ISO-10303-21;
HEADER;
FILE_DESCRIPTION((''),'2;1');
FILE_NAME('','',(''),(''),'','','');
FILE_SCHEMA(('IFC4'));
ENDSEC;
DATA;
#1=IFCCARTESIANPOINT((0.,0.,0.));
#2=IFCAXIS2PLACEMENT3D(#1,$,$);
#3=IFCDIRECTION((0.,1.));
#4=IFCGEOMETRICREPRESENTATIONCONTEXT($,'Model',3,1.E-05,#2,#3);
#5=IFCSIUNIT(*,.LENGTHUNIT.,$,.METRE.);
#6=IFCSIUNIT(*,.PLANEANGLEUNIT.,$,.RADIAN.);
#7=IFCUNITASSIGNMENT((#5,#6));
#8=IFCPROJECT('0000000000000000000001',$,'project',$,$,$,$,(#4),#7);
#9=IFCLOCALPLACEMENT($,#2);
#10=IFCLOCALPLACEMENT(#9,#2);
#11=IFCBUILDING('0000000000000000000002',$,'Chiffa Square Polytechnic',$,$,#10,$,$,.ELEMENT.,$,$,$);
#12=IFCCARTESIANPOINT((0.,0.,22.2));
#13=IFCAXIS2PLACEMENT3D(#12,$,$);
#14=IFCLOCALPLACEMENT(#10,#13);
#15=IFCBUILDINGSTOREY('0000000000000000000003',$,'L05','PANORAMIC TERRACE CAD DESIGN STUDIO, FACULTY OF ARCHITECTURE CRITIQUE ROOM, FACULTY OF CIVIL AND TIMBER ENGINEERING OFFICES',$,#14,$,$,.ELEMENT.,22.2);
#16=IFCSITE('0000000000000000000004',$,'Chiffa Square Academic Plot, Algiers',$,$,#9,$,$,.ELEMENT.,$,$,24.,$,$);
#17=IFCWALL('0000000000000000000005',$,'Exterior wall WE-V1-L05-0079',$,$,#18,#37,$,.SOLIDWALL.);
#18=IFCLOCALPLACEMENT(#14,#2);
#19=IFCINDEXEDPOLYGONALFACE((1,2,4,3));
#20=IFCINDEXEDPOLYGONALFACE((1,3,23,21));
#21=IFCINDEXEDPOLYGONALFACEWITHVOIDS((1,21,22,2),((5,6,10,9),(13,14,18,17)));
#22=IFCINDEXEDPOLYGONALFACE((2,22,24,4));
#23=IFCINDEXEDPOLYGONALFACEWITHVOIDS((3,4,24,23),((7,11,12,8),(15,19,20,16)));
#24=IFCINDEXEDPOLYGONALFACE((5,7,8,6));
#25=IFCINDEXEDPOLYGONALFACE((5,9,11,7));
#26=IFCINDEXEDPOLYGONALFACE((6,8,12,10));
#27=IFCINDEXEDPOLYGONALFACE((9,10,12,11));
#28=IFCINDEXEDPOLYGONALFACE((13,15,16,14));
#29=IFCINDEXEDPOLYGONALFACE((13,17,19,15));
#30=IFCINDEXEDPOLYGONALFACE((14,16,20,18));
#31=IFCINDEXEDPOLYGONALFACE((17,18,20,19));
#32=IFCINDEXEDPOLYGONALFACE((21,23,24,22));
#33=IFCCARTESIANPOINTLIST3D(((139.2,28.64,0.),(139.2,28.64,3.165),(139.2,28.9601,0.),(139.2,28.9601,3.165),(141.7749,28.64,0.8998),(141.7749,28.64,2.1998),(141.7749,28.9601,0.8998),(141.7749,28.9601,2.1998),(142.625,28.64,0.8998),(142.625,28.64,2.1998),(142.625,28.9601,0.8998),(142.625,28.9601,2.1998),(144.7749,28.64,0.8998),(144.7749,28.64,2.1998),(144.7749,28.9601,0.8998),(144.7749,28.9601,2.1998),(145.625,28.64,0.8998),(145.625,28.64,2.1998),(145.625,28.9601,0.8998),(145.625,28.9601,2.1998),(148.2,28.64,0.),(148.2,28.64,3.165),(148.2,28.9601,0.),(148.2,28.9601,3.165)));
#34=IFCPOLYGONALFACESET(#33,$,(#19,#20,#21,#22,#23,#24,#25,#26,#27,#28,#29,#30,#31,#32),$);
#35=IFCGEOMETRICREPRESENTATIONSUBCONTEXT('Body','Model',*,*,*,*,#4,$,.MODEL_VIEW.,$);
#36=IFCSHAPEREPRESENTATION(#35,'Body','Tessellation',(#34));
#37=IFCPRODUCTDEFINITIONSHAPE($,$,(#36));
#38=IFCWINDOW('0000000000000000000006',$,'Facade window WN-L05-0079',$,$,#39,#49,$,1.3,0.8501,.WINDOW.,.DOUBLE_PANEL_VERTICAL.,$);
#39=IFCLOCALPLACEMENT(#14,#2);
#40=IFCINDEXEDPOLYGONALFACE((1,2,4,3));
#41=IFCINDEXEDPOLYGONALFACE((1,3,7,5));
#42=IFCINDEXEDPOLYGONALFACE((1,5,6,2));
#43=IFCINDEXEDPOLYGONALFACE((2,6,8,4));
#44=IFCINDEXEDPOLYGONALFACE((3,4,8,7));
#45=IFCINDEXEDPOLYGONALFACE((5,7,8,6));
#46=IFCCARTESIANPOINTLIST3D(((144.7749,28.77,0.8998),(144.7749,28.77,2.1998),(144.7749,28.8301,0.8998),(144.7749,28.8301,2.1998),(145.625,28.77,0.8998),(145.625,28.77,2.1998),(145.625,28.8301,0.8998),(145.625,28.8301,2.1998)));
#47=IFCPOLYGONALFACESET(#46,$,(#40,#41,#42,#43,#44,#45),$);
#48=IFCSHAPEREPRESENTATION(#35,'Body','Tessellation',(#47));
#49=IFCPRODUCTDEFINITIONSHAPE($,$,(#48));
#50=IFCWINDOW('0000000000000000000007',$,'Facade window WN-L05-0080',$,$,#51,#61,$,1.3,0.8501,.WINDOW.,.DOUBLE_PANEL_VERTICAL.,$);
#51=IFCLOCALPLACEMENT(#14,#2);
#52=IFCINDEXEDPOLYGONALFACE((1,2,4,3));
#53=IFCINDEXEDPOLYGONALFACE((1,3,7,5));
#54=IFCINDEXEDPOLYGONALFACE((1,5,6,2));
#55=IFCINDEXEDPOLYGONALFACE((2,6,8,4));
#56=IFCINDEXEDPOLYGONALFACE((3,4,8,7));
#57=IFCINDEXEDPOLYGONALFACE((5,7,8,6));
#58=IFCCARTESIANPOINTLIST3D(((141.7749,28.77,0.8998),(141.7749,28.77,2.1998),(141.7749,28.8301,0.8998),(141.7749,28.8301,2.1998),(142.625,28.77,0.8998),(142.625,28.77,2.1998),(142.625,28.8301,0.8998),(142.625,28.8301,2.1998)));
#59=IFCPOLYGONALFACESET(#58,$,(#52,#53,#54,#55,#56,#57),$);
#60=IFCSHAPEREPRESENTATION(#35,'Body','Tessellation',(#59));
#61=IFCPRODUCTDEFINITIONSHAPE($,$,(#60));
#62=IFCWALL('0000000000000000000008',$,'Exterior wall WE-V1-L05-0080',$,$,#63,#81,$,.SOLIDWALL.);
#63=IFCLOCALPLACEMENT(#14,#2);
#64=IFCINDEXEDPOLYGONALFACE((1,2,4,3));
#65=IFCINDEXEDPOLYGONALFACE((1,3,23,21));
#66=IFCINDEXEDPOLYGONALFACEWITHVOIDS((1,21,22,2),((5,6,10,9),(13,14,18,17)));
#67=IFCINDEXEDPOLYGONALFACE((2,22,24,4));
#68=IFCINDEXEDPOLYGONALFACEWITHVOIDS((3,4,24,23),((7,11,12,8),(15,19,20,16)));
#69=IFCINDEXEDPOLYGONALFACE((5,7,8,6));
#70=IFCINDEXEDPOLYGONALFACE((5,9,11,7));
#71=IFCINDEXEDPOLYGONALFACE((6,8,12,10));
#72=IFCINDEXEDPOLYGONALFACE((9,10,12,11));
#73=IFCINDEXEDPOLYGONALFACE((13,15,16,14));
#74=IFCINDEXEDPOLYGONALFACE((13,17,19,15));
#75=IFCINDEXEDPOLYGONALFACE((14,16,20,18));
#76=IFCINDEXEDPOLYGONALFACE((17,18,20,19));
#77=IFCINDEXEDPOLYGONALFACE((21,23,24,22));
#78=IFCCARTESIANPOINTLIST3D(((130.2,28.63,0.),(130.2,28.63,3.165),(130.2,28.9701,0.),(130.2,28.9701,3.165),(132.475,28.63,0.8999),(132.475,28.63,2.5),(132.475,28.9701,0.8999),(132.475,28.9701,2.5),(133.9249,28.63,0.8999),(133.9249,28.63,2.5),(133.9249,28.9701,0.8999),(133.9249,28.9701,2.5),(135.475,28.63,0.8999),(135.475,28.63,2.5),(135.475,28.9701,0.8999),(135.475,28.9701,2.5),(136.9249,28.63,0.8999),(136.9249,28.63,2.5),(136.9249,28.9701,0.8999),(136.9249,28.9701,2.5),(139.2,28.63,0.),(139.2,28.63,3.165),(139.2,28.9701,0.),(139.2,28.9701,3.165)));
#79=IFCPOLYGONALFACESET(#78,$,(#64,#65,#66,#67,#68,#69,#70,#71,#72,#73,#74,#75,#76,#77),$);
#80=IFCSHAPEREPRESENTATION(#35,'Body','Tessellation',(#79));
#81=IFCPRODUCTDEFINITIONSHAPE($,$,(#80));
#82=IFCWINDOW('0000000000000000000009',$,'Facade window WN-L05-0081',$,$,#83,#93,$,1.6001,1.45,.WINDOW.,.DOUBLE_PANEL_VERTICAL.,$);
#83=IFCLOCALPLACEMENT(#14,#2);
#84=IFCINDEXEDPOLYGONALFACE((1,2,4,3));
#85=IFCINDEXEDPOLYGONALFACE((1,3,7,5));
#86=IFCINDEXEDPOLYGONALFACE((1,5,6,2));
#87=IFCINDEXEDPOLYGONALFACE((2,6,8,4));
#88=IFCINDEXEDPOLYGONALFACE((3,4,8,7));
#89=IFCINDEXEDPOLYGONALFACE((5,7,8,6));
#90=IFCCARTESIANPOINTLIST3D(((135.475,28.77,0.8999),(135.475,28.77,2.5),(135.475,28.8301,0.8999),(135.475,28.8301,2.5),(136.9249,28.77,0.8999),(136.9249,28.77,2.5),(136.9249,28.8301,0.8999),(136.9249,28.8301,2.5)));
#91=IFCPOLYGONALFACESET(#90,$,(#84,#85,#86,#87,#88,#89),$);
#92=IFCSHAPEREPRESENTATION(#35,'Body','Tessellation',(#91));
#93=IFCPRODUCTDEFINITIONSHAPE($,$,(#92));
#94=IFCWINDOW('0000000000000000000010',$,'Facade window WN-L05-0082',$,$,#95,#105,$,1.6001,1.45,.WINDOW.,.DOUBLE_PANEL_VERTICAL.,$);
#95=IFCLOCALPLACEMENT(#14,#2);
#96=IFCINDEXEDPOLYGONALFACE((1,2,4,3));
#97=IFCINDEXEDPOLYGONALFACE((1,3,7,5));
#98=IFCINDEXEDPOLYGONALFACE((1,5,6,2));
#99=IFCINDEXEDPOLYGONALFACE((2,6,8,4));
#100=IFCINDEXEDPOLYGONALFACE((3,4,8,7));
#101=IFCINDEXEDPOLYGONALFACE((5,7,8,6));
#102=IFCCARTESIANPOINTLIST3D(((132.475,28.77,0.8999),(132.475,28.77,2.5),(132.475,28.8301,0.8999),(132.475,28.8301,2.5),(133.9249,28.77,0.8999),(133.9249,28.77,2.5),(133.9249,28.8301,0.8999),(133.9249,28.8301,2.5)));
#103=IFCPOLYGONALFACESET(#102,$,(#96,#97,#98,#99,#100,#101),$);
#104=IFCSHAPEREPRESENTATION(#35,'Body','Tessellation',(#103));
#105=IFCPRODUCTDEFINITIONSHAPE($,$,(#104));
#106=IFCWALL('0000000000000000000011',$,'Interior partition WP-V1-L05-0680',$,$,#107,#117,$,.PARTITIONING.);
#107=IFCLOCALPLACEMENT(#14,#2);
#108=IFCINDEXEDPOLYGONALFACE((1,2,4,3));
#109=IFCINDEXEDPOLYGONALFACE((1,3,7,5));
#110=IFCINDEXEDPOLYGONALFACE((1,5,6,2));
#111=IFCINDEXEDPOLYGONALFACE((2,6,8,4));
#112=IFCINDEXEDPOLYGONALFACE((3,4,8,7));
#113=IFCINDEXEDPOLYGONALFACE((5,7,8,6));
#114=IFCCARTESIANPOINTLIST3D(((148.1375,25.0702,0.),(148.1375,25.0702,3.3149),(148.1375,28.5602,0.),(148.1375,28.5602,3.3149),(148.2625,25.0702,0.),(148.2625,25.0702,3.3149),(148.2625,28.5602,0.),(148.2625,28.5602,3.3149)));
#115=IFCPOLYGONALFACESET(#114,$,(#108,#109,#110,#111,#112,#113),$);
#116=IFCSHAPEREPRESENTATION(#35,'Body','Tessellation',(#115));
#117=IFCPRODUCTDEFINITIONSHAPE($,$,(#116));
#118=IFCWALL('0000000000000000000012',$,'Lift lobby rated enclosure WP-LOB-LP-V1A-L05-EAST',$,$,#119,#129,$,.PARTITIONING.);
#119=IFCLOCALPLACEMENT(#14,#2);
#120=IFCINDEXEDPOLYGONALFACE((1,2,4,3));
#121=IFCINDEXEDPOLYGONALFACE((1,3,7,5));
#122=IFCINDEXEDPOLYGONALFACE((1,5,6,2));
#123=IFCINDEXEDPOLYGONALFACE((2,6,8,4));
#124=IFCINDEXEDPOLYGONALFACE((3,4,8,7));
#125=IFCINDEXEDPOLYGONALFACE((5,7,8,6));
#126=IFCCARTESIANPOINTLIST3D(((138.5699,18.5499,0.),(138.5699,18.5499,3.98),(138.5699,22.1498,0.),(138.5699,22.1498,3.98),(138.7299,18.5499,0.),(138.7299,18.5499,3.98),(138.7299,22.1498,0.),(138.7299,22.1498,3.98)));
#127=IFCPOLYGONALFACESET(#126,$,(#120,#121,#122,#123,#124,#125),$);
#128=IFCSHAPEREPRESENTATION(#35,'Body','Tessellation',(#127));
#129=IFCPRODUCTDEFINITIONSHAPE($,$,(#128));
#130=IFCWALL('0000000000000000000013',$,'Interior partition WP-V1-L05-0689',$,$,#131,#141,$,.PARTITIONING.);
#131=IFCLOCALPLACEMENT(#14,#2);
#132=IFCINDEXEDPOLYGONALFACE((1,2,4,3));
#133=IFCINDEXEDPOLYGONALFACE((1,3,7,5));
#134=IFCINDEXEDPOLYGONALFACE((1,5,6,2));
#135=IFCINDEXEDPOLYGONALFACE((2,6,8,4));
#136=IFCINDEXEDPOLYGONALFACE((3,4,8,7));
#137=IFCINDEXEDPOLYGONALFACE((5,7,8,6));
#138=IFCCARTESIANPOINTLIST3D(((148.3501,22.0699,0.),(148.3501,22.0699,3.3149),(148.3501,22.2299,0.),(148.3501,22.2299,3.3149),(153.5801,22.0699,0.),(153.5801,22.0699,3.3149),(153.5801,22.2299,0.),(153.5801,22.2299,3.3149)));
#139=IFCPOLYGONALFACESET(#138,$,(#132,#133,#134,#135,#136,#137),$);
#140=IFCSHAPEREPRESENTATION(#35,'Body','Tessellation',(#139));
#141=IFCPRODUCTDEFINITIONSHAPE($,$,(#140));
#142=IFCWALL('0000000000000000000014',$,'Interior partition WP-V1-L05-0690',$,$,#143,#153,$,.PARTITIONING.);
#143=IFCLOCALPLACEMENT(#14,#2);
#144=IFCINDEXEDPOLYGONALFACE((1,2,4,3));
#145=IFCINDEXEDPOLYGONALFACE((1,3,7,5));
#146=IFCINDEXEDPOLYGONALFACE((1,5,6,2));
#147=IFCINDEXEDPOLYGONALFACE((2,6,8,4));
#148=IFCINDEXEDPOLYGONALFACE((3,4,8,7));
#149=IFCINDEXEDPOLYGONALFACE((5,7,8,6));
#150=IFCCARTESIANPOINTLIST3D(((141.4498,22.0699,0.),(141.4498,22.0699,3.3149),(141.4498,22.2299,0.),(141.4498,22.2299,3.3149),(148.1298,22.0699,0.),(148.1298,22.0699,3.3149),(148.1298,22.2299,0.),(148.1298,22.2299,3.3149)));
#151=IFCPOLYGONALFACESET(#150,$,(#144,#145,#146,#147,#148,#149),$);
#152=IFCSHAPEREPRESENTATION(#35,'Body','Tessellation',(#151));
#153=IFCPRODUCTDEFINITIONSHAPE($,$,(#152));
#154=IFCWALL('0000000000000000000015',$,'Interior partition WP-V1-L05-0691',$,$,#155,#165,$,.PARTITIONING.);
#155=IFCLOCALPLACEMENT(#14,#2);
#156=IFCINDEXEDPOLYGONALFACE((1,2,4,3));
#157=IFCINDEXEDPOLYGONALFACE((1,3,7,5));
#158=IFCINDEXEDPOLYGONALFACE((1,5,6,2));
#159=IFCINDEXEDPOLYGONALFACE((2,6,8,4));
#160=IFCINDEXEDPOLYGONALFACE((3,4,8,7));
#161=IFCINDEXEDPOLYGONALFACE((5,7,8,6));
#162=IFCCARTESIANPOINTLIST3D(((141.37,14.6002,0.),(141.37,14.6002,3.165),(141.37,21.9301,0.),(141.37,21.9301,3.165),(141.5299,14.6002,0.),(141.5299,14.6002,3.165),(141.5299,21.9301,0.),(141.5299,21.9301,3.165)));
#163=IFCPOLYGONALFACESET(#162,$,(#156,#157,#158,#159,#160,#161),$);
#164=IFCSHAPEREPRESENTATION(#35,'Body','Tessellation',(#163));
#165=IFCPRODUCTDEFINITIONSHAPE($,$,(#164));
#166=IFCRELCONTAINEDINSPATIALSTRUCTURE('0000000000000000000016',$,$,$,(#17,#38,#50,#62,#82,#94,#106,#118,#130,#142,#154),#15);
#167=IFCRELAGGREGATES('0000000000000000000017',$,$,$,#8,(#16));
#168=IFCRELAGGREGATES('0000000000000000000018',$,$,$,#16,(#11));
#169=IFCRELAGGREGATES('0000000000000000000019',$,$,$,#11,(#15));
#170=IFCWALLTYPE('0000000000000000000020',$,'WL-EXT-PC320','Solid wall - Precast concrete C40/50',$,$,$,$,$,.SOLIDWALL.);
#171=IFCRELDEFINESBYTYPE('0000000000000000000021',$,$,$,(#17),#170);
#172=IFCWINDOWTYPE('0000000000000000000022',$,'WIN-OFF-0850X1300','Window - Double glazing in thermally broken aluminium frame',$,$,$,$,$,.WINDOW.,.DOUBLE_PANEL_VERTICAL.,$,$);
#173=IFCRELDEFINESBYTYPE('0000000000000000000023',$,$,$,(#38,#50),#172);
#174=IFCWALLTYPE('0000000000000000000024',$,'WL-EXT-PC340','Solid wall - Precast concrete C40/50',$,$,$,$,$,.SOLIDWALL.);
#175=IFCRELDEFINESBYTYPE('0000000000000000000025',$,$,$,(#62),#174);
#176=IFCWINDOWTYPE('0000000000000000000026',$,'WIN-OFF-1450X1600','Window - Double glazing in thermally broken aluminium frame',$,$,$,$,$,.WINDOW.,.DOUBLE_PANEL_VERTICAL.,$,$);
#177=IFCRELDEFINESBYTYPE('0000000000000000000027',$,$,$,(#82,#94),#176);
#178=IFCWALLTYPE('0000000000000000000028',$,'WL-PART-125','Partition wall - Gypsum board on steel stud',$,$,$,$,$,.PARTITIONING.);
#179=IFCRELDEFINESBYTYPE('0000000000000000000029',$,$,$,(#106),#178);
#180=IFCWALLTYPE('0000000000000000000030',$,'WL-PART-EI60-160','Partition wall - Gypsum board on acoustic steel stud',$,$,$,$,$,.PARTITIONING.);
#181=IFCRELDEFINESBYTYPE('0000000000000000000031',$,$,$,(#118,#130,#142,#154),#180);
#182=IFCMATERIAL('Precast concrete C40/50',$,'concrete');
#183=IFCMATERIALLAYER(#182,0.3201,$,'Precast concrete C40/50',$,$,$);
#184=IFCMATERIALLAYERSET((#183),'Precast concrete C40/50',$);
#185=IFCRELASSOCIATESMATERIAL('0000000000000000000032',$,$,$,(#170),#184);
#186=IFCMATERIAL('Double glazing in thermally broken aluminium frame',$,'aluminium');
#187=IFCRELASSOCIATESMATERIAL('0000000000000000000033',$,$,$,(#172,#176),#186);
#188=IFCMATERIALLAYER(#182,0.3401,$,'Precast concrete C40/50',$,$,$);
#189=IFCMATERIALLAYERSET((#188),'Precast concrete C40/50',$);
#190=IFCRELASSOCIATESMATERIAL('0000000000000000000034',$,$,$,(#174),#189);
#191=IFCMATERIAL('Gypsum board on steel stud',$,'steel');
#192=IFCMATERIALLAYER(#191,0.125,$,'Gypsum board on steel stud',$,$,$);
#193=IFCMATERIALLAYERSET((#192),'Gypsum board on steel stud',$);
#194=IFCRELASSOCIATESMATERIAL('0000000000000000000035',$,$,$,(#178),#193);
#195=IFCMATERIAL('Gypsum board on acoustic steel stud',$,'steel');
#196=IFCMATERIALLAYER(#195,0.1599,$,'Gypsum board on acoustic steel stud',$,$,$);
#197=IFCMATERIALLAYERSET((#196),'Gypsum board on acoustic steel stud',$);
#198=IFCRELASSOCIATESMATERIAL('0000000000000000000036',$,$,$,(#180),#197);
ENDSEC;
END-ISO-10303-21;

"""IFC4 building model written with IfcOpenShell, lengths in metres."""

from ifc_helpers import new_model, si_unit, direction, frame, frame_2d, origin, place, context, subcontext, project, spatial, rectangle, extrude, material, layer, layer_set, type_object, element, fill, save


model = new_model("IFC4")

# Units and contexts
model_context = context("Model", 3, precision=1e-05, world=origin(), true_north=direction((0.0, 1.0)))
body_context = subcontext(model_context, "Body", "Model", "MODEL_VIEW")
ifc_project = project(units=[si_unit("LENGTHUNIT", "METRE"), si_unit("PLANEANGLEUNIT", "RADIAN")], contexts=[model_context])

# Site, building, storey
site_placement = place(None, origin())
site = spatial("IfcSite", under=ifc_project, at=site_placement, Name="Chiffa Square Academic Plot, Algiers", CompositionType="ELEMENT", RefElevation=24.0)
building_placement = place(site_placement, origin())
building = spatial("IfcBuilding", under=site, at=building_placement, Name="Chiffa Square Polytechnic", CompositionType="ELEMENT")
storey_placement = place(building_placement, frame((0.0, 0.0, 22.2)))
storey = spatial("IfcBuildingStorey", under=building, at=storey_placement, Name="L05", Description="PANORAMIC TERRACE CAD DESIGN STUDIO, FACULTY OF ARCHITECTURE CRITIQUE ROOM, FACULTY OF CIVIL AND TIMBER ENGINEERING OFFICES", CompositionType="ELEMENT", Elevation=22.2)

# Walls, openings, windows
ifc_material_1 = material(Name="Precast concrete C40/50", Category="concrete")
ifc_layer_1 = layer(ifc_material_1, 0.3201, Name="Precast concrete C40/50")
ifc_layer_set_1 = layer_set([ifc_layer_1], Name="Precast concrete C40/50")
wall_type_1 = type_object("IfcWallType", Name="WL-EXT-PC320", Description="Solid wall - Precast concrete C40/50", PredefinedType="SOLIDWALL", material=ifc_layer_set_1)
wall_1_placement = place(storey_placement, frame((148.2, 28.8, 0.0), z_axis=(0.0, 0.0, 1.0), x_axis=(-1.0, 0.0, 0.0)))
wall_1 = element("IfcWall", 1, at=wall_1_placement, inside=storey, type_object=wall_type_1, Name="Exterior wall WE-V1-L05-0079", PredefinedType="SOLIDWALL", context=body_context, shape_type="SweptSolid", body=[
    extrude(rectangle(XDim=9.0, YDim=0.3201, at=frame_2d((4.5, 0.0))), origin(), (0.0, 0.0, 1.0), 3.165),
])
opening_1_placement = place(wall_1_placement, frame((2.575, 0.0, 0.8999)))
opening_1 = element("IfcOpeningElement", 2, at=opening_1_placement, cuts=wall_1, PredefinedType="OPENING", context=body_context, shape_type="SweptSolid", body=[
    extrude(rectangle(XDim=0.8501, YDim=1.3, at=frame_2d((0.425, 0.6499))), frame((0.0, 0.1699, 0.0), z_axis=(0.0, -1.0, 0.0), x_axis=(1.0, 0.0, 0.0)), (0.0, 0.0, 1.0), 0.3401),
])
opening_2_placement = place(wall_1_placement, frame((5.575, 0.0, 0.8999)))
opening_2 = element("IfcOpeningElement", 3, at=opening_2_placement, cuts=wall_1, PredefinedType="OPENING", context=body_context, shape_type="SweptSolid", body=[
    extrude(rectangle(XDim=0.8501, YDim=1.3, at=frame_2d((0.425, 0.6499))), frame((0.0, 0.1699, 0.0), z_axis=(0.0, -1.0, 0.0), x_axis=(1.0, 0.0, 0.0)), (0.0, 0.0, 1.0), 0.3401),
])
ifc_material_2 = material(Name="Double glazing in thermally broken aluminium frame", Category="aluminium")
window_type_1 = type_object("IfcWindowType", Name="WIN-OFF-0850X1300", Description="Window - Double glazing in thermally broken aluminium frame", PartitioningType="DOUBLE_PANEL_VERTICAL", PredefinedType="WINDOW", material=ifc_material_2)
window_1_placement = place(opening_1_placement, origin())
window_1 = element("IfcWindow", 4, at=window_1_placement, inside=storey, type_object=window_type_1, Name="Facade window WN-L05-0079", OverallHeight=1.3, OverallWidth=0.8501, PartitioningType="DOUBLE_PANEL_VERTICAL", PredefinedType="WINDOW", context=body_context, shape_type="SweptSolid", body=[
    extrude(rectangle(XDim=0.8501, YDim=1.3, at=frame_2d((0.425, 0.6499))), frame((0.0, 0.03, 0.0), z_axis=(0.0, -1.0, 0.0), x_axis=(1.0, 0.0, 0.0)), (0.0, 0.0, 1.0), 0.0601),
])
fill(opening_1, window_1)
window_2_placement = place(opening_2_placement, origin())
window_2 = element("IfcWindow", 5, at=window_2_placement, inside=storey, type_object=window_type_1, Name="Facade window WN-L05-0080", OverallHeight=1.3, OverallWidth=0.8501, PartitioningType="DOUBLE_PANEL_VERTICAL", PredefinedType="WINDOW", context=body_context, shape_type="SweptSolid", body=[
    extrude(rectangle(XDim=0.8501, YDim=1.3, at=frame_2d((0.425, 0.6499))), frame((0.0, 0.03, 0.0), z_axis=(0.0, -1.0, 0.0), x_axis=(1.0, 0.0, 0.0)), (0.0, 0.0, 1.0), 0.0601),
])
fill(opening_2, window_2)
ifc_layer_2 = layer(ifc_material_1, 0.3401, Name="Precast concrete C40/50")
ifc_layer_set_2 = layer_set([ifc_layer_2], Name="Precast concrete C40/50")
wall_type_2 = type_object("IfcWallType", Name="WL-EXT-PC340", Description="Solid wall - Precast concrete C40/50", PredefinedType="SOLIDWALL", material=ifc_layer_set_2)
wall_2_placement = place(storey_placement, frame((139.2, 28.8, 0.0), z_axis=(0.0, 0.0, 1.0), x_axis=(-1.0, 0.0, 0.0)))
wall_2 = element("IfcWall", 6, at=wall_2_placement, inside=storey, type_object=wall_type_2, Name="Exterior wall WE-V1-L05-0080", PredefinedType="SOLIDWALL", context=body_context, shape_type="SweptSolid", body=[
    extrude(rectangle(XDim=9.0, YDim=0.3401, at=frame_2d((4.5, 0.0))), origin(), (0.0, 0.0, 1.0), 3.165),
])
opening_3_placement = place(wall_2_placement, frame((2.2749, 0.0, 0.8999)))
opening_3 = element("IfcOpeningElement", 7, at=opening_3_placement, cuts=wall_2, PredefinedType="OPENING", context=body_context, shape_type="SweptSolid", body=[
    extrude(rectangle(XDim=1.45, YDim=1.6001, at=frame_2d((0.7251, 0.8))), frame((0.0, 0.1802, 0.0), z_axis=(0.0, -1.0, 0.0), x_axis=(1.0, 0.0, 0.0)), (0.0, 0.0, 1.0), 0.3601),
])
opening_4_placement = place(wall_2_placement, frame((5.2749, 0.0, 0.8999)))
opening_4 = element("IfcOpeningElement", 8, at=opening_4_placement, cuts=wall_2, PredefinedType="OPENING", context=body_context, shape_type="SweptSolid", body=[
    extrude(rectangle(XDim=1.45, YDim=1.6001, at=frame_2d((0.7251, 0.8))), frame((0.0, 0.1802, 0.0), z_axis=(0.0, -1.0, 0.0), x_axis=(1.0, 0.0, 0.0)), (0.0, 0.0, 1.0), 0.3601),
])
window_type_2 = type_object("IfcWindowType", Name="WIN-OFF-1450X1600", Description="Window - Double glazing in thermally broken aluminium frame", PartitioningType="DOUBLE_PANEL_VERTICAL", PredefinedType="WINDOW", material=ifc_material_2)
window_3_placement = place(opening_3_placement, origin())
window_3 = element("IfcWindow", 9, at=window_3_placement, inside=storey, type_object=window_type_2, Name="Facade window WN-L05-0081", OverallHeight=1.6001, OverallWidth=1.45, PartitioningType="DOUBLE_PANEL_VERTICAL", PredefinedType="WINDOW", context=body_context, shape_type="SweptSolid", body=[
    extrude(rectangle(XDim=1.45, YDim=1.6001, at=frame_2d((0.7251, 0.8))), frame((0.0, 0.03, 0.0), z_axis=(0.0, -1.0, 0.0), x_axis=(1.0, 0.0, 0.0)), (0.0, 0.0, 1.0), 0.0601),
])
fill(opening_3, window_3)
window_4_placement = place(opening_4_placement, origin())
window_4 = element("IfcWindow", 10, at=window_4_placement, inside=storey, type_object=window_type_2, Name="Facade window WN-L05-0082", OverallHeight=1.6001, OverallWidth=1.45, PartitioningType="DOUBLE_PANEL_VERTICAL", PredefinedType="WINDOW", context=body_context, shape_type="SweptSolid", body=[
    extrude(rectangle(XDim=1.45, YDim=1.6001, at=frame_2d((0.7251, 0.8))), frame((0.0, 0.03, 0.0), z_axis=(0.0, -1.0, 0.0), x_axis=(1.0, 0.0, 0.0)), (0.0, 0.0, 1.0), 0.0601),
])
fill(opening_4, window_4)

# Walls
ifc_material_3 = material(Name="Gypsum board on steel stud", Category="steel")
ifc_layer_3 = layer(ifc_material_3, 0.125, Name="Gypsum board on steel stud")
ifc_layer_set_3 = layer_set([ifc_layer_3], Name="Gypsum board on steel stud")
wall_type_3 = type_object("IfcWallType", Name="WL-PART-125", Description="Partition wall - Gypsum board on steel stud", PredefinedType="PARTITIONING", material=ifc_layer_set_3)
wall_3_placement = place(storey_placement, frame((148.2, 25.0701, 0.0), z_axis=(0.0, 0.0, 1.0), x_axis=(0.0, 1.0, 0.0)))
element("IfcWall", 11, at=wall_3_placement, inside=storey, type_object=wall_type_3, Name="Interior partition WP-V1-L05-0680", PredefinedType="PARTITIONING", context=body_context, shape_type="SweptSolid", body=[
    extrude(rectangle(XDim=3.49, YDim=0.125, at=frame_2d((1.7451, 0.0))), origin(), (0.0, 0.0, 1.0), 3.3149),
])
ifc_material_4 = material(Name="Gypsum board on acoustic steel stud", Category="steel")
ifc_layer_4 = layer(ifc_material_4, 0.1599, Name="Gypsum board on acoustic steel stud")
ifc_layer_set_4 = layer_set([ifc_layer_4], Name="Gypsum board on acoustic steel stud")
wall_type_4 = type_object("IfcWallType", Name="WL-PART-EI60-160", Description="Partition wall - Gypsum board on acoustic steel stud", PredefinedType="PARTITIONING", material=ifc_layer_set_4)
wall_4_placement = place(storey_placement, frame((138.6499, 18.55, 0.0), z_axis=(0.0, 0.0, 1.0), x_axis=(0.0, 1.0, 0.0)))
element("IfcWall", 12, at=wall_4_placement, inside=storey, type_object=wall_type_4, Name="Lift lobby rated enclosure WP-LOB-LP-V1A-L05-EAST", PredefinedType="PARTITIONING", context=body_context, shape_type="SweptSolid", body=[
    extrude(rectangle(XDim=3.5999, YDim=0.1599, at=frame_2d((1.7998, 0.0))), origin(), (0.0, 0.0, 1.0), 3.98),
])
wall_5_placement = place(storey_placement, frame((148.3501, 22.1499, 0.0), z_axis=(0.0, 0.0, 1.0), x_axis=(1.0, 0.0, 0.0)))
element("IfcWall", 13, at=wall_5_placement, inside=storey, type_object=wall_type_4, Name="Interior partition WP-V1-L05-0689", PredefinedType="PARTITIONING", context=body_context, shape_type="SweptSolid", body=[
    extrude(rectangle(XDim=5.23, YDim=0.1599, at=frame_2d((2.615, 0.0))), origin(), (0.0, 0.0, 1.0), 3.3149),
])
wall_6_placement = place(storey_placement, frame((141.45, 22.1499, 0.0), z_axis=(0.0, 0.0, 1.0), x_axis=(1.0, 0.0, 0.0)))
element("IfcWall", 14, at=wall_6_placement, inside=storey, type_object=wall_type_4, Name="Interior partition WP-V1-L05-0690", PredefinedType="PARTITIONING", context=body_context, shape_type="SweptSolid", body=[
    extrude(rectangle(XDim=6.6799, YDim=0.1599, at=frame_2d((3.3398, 0.0))), origin(), (0.0, 0.0, 1.0), 3.3149),
])
wall_7_placement = place(storey_placement, frame((141.45, 14.6001, 0.0), z_axis=(0.0, 0.0, 1.0), x_axis=(0.0, 1.0, 0.0)))
element("IfcWall", 15, at=wall_7_placement, inside=storey, type_object=wall_type_4, Name="Interior partition WP-V1-L05-0691", PredefinedType="PARTITIONING", context=body_context, shape_type="SweptSolid", body=[
    extrude(rectangle(XDim=7.3298, YDim=0.1599, at=frame_2d((3.665, 0.0))), origin(), (0.0, 0.0, 1.0), 3.165),
])

save(model, "model.ifc")
